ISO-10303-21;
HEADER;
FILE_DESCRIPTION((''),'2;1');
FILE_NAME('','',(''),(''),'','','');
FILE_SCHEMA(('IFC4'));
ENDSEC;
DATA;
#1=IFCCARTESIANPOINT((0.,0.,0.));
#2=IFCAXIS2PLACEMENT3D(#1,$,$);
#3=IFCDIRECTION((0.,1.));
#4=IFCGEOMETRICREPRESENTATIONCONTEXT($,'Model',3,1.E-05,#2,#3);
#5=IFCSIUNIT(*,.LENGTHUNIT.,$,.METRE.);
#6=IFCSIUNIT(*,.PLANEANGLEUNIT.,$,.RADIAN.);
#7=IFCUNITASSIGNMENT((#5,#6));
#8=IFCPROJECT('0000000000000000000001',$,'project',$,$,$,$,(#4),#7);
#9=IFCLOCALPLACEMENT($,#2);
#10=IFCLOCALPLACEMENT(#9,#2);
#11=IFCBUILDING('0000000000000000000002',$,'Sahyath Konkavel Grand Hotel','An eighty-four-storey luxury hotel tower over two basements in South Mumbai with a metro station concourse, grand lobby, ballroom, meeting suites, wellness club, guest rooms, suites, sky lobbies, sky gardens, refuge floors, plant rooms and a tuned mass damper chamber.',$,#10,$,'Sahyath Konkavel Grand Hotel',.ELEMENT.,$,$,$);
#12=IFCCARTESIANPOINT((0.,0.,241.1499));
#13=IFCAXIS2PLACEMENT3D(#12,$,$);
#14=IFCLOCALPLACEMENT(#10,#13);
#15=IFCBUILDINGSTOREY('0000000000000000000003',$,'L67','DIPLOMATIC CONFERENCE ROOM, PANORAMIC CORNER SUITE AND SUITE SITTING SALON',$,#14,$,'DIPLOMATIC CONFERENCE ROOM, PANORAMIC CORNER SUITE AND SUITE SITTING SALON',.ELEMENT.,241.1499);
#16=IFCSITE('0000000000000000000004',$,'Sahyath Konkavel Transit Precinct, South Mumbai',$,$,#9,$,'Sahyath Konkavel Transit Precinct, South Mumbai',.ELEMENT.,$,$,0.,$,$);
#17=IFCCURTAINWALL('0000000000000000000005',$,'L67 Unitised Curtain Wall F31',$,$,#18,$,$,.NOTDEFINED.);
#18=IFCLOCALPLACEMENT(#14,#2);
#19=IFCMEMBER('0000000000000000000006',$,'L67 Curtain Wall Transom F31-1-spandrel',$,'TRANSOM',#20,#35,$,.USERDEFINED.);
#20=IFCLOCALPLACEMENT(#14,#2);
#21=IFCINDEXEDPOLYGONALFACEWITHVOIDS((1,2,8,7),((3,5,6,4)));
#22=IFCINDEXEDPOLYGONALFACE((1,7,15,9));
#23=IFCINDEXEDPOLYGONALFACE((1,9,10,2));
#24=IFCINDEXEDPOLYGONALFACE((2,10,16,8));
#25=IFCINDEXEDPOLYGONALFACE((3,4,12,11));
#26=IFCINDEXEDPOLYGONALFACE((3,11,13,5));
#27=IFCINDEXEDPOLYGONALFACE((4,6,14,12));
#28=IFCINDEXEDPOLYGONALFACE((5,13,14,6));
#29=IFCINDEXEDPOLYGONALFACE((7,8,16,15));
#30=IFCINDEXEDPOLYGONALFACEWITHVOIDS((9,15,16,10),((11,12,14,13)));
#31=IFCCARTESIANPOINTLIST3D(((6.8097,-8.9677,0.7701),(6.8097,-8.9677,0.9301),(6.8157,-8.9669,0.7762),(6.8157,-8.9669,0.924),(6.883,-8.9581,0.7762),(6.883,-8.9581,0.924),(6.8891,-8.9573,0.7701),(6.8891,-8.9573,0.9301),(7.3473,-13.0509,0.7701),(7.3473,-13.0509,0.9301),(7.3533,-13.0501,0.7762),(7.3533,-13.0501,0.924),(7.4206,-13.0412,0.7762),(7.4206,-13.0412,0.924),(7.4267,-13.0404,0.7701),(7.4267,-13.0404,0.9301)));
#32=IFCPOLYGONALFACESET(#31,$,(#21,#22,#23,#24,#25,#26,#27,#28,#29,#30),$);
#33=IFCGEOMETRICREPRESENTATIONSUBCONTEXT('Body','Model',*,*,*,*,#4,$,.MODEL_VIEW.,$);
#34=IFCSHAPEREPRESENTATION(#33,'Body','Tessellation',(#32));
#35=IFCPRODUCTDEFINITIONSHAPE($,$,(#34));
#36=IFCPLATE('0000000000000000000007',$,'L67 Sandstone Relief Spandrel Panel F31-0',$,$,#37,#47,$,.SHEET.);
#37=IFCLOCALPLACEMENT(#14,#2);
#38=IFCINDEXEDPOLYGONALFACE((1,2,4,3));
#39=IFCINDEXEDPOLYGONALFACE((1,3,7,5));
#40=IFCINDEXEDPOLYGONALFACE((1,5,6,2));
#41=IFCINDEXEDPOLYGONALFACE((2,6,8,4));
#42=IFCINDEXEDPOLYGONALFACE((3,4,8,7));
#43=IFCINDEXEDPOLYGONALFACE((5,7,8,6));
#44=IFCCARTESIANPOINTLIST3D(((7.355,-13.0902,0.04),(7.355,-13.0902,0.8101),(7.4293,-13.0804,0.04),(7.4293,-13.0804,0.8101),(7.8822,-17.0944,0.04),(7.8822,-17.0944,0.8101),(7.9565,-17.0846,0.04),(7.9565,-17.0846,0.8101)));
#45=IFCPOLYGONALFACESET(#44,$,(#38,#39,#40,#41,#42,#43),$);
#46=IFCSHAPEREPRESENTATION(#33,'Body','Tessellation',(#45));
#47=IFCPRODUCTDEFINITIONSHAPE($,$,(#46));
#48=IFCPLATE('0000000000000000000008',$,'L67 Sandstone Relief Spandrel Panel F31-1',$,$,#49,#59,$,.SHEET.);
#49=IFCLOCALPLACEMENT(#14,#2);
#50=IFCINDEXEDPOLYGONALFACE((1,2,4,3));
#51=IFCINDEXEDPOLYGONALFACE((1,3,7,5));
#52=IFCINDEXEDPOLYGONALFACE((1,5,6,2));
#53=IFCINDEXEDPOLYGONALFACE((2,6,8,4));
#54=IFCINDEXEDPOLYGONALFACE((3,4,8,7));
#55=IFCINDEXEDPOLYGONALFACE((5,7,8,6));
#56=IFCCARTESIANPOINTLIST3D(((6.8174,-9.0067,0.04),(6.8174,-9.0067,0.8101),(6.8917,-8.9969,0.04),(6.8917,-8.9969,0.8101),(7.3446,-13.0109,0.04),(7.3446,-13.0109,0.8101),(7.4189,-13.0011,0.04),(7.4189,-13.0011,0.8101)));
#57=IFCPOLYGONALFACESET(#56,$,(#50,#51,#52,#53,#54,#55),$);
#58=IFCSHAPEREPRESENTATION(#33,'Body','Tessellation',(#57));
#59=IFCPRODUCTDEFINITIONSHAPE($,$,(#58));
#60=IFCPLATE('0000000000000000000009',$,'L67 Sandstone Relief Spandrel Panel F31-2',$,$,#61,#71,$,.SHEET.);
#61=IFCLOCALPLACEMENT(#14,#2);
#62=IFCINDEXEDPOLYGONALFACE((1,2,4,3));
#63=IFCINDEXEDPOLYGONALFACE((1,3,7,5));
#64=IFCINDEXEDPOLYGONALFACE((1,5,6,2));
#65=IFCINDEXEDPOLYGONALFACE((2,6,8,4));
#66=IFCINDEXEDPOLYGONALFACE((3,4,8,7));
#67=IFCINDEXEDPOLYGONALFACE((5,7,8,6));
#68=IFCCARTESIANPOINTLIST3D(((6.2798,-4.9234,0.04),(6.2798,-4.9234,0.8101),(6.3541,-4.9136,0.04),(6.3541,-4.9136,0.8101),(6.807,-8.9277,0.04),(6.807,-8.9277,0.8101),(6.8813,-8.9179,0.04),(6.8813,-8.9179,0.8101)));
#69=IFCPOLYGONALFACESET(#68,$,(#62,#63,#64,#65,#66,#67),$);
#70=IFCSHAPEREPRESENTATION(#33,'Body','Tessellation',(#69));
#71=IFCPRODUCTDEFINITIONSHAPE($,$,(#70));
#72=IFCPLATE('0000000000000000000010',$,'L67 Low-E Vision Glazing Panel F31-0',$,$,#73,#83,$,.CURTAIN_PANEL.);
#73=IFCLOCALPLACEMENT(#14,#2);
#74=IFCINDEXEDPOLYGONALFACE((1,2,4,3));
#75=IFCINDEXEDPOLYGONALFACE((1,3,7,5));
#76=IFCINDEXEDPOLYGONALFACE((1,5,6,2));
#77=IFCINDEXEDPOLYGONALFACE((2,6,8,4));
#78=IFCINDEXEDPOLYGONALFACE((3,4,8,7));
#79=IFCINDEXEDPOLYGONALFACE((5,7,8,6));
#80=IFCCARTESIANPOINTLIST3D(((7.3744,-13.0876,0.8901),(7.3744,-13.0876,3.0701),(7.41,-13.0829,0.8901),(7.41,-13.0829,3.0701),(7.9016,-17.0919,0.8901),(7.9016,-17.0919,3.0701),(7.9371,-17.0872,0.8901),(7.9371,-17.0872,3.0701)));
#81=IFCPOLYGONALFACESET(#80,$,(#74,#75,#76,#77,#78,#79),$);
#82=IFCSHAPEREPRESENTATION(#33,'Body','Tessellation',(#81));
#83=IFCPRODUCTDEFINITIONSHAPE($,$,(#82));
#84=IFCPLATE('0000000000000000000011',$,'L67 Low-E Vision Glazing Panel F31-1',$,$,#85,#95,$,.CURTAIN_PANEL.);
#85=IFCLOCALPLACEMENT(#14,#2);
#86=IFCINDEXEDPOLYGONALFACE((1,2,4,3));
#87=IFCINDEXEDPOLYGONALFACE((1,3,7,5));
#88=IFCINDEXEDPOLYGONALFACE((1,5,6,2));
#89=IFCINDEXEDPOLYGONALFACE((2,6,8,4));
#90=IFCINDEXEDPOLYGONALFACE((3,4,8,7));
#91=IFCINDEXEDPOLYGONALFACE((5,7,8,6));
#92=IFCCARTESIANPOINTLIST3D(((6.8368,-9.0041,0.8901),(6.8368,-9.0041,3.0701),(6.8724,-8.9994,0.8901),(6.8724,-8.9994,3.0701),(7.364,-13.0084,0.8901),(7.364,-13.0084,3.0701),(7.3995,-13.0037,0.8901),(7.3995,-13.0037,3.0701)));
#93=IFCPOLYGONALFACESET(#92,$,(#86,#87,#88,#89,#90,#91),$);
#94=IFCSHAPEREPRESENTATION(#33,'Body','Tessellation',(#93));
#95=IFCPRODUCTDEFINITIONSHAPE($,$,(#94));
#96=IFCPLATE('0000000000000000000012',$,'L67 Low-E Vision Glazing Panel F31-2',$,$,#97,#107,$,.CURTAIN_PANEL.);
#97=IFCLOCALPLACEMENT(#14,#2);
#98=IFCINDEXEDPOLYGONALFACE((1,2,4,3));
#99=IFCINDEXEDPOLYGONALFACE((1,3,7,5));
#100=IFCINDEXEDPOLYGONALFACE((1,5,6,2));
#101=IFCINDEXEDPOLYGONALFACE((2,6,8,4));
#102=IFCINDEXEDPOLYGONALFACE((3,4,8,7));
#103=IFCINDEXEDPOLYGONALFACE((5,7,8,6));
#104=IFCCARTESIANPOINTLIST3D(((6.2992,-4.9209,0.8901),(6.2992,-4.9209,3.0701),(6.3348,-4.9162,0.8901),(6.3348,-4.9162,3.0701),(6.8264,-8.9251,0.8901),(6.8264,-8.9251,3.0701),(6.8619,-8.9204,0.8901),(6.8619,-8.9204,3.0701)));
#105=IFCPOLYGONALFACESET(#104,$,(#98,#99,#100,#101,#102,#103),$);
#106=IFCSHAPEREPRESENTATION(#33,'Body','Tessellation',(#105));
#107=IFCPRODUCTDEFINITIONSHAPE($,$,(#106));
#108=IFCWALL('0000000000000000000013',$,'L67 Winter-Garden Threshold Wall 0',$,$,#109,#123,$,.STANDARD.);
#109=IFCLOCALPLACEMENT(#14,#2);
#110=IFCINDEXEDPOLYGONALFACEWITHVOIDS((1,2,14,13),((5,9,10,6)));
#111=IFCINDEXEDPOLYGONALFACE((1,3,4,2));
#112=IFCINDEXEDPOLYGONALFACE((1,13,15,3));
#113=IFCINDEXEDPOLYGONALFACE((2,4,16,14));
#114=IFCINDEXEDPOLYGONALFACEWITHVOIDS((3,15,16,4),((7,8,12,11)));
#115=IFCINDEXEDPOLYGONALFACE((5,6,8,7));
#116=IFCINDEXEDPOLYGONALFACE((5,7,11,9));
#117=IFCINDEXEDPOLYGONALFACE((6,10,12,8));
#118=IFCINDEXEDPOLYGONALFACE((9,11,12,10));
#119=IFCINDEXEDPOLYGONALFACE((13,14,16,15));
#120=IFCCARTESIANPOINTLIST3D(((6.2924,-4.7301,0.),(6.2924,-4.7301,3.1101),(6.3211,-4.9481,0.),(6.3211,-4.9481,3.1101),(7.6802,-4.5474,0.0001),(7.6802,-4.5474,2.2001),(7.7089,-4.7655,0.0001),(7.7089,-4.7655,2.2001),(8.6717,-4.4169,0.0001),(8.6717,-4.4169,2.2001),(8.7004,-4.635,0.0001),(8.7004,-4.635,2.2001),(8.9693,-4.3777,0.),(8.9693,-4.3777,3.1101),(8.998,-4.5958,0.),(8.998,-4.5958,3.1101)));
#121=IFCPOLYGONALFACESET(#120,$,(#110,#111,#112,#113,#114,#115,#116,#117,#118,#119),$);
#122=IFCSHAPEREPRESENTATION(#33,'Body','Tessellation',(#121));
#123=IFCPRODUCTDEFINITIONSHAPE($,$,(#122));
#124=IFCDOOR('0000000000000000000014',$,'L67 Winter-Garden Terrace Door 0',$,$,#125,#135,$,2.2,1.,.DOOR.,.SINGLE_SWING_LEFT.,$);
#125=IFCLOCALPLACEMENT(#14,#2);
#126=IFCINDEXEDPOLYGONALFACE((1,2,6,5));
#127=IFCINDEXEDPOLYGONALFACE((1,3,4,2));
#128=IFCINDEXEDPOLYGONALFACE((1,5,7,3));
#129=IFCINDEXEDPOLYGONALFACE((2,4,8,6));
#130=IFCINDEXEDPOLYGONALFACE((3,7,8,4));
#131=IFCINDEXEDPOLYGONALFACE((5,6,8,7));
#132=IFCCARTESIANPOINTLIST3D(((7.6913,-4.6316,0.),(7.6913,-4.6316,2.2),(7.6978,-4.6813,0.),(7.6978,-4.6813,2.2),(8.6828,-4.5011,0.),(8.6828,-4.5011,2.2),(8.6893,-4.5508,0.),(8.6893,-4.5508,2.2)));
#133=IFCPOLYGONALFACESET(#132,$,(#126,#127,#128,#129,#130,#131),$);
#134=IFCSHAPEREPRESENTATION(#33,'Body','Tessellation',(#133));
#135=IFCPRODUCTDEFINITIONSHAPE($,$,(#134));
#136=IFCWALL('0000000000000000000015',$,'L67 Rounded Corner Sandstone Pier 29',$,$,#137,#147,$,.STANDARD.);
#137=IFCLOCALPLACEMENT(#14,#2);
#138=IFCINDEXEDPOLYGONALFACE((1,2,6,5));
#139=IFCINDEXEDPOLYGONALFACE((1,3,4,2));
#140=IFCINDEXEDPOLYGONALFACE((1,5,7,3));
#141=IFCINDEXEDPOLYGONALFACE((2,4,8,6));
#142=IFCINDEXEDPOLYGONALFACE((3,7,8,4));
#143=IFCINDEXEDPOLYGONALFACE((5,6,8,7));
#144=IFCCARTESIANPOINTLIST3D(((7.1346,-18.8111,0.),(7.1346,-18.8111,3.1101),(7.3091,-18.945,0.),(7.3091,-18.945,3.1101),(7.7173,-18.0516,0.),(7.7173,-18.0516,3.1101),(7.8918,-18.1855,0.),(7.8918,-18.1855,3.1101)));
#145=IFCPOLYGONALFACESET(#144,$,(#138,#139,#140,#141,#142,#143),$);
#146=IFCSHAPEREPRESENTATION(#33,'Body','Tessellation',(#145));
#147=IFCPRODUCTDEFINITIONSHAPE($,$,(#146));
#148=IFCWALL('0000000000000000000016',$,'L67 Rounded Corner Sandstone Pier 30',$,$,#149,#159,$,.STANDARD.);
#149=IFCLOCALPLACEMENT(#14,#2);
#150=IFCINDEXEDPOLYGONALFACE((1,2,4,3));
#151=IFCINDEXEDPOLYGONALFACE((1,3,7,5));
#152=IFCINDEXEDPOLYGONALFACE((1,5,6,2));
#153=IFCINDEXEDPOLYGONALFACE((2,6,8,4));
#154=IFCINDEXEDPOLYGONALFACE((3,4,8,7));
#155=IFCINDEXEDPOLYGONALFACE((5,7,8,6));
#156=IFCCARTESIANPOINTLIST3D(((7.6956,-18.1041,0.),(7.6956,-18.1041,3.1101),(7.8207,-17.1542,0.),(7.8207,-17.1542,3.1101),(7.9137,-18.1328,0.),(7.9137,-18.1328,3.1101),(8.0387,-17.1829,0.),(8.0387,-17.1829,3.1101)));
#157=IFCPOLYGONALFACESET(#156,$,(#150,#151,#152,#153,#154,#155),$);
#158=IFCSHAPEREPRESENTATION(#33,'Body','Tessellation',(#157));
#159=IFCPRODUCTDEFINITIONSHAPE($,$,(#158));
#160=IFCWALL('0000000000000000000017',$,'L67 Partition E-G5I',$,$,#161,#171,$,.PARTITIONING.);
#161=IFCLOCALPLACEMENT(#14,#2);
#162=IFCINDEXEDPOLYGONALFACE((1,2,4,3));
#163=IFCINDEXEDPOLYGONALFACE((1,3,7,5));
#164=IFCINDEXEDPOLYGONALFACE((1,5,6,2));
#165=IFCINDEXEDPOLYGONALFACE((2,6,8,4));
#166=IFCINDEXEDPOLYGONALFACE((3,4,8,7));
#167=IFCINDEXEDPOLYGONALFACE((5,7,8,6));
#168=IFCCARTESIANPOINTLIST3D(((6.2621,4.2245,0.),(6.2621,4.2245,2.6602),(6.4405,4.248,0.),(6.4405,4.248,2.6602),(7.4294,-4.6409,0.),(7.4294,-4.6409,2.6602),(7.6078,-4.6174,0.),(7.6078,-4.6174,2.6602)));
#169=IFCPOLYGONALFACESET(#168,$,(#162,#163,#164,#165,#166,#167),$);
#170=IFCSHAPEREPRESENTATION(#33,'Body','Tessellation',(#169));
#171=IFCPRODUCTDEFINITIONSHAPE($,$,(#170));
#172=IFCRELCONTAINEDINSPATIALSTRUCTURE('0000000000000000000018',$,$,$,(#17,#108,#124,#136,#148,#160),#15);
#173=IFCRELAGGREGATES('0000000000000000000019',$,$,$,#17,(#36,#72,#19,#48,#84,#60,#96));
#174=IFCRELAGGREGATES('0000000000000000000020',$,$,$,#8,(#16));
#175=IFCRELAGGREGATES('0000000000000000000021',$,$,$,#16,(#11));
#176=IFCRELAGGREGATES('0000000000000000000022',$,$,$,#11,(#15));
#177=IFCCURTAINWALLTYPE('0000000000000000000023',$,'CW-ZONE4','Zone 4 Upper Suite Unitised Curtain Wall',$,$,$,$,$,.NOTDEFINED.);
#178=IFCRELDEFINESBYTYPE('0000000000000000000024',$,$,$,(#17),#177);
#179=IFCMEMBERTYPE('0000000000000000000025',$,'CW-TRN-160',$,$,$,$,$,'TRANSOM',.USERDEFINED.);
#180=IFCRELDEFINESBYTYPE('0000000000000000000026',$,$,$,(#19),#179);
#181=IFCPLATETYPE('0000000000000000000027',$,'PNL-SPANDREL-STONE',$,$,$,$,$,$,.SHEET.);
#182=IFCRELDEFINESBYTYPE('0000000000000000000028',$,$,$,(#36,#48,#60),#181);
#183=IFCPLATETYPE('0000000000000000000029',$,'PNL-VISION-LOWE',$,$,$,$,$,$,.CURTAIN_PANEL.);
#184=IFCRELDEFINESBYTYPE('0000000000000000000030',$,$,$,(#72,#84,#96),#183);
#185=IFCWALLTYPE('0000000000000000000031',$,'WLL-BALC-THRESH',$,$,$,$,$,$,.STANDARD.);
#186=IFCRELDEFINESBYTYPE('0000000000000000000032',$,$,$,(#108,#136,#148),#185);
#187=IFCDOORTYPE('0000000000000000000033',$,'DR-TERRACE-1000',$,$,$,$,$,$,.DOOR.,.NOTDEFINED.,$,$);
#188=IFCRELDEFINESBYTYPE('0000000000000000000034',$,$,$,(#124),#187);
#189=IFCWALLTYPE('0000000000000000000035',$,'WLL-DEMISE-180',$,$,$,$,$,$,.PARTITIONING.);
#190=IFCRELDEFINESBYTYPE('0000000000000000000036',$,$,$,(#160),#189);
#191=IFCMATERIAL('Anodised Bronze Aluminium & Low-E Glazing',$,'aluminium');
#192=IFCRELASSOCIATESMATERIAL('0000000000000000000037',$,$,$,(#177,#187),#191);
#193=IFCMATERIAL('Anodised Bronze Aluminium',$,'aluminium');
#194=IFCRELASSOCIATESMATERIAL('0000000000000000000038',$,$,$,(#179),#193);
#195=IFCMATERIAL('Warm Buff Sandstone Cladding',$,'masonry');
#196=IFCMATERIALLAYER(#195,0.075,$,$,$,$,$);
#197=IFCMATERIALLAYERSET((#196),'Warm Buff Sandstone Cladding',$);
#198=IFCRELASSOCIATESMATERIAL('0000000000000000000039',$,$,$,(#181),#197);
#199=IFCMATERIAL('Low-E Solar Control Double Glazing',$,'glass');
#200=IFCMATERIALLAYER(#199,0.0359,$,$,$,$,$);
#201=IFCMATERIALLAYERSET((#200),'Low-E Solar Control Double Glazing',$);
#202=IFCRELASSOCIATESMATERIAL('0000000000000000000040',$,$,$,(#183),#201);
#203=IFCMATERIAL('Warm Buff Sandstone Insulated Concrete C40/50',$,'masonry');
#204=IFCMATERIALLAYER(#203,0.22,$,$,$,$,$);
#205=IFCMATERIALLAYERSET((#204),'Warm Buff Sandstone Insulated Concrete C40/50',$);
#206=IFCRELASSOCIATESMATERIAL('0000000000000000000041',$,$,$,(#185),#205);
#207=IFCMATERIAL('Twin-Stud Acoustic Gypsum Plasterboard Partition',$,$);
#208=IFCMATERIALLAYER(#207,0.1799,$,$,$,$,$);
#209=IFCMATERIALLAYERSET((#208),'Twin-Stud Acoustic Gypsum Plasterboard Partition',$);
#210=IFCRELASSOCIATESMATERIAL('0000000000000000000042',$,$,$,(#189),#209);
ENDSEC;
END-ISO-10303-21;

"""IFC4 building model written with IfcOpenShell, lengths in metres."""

from ifc_helpers import new_model, si_unit, direction, frame, frame_2d, origin, origin_2d, place, context, subcontext, project, spatial, rectangle, hollow_rectangle, extrude, source, transform, mapped, material, layer, layer_set, material_profile, profile_set, type_object, element, fill, aggregate, save


model = new_model("IFC4")

# Units and contexts
model_context = context("Model", 3, precision=1e-05, world=origin(), true_north=direction((0.0, 1.0)))
body_context = subcontext(model_context, "Body", "Model", "MODEL_VIEW")
ifc_project = project(units=[si_unit("LENGTHUNIT", "METRE"), si_unit("PLANEANGLEUNIT", "RADIAN")], contexts=[model_context])

# Site, building, storey
site_placement = place(None, origin())
site = spatial("IfcSite", under=ifc_project, at=site_placement, Name="Sahyath Konkavel Transit Precinct, South Mumbai", LongName="Sahyath Konkavel Transit Precinct, South Mumbai", CompositionType="ELEMENT", RefElevation=0.0)
building_placement = place(site_placement, origin())
building = spatial("IfcBuilding", under=site, at=building_placement, Name="Sahyath Konkavel Grand Hotel", Description="An eighty-four-storey luxury hotel tower over two basements in South Mumbai with a metro station concourse, grand lobby, ballroom, meeting suites, wellness club, guest rooms, suites, sky lobbies, sky gardens, refuge floors, plant rooms and a tuned mass damper chamber.", LongName="Sahyath Konkavel Grand Hotel", CompositionType="ELEMENT")
storey_placement = place(building_placement, frame((0.0, 0.0, 241.1499)))
storey = spatial("IfcBuildingStorey", under=building, at=storey_placement, Name="L67", Description="DIPLOMATIC CONFERENCE ROOM, PANORAMIC CORNER SUITE AND SUITE SITTING SALON", LongName="DIPLOMATIC CONFERENCE ROOM, PANORAMIC CORNER SUITE AND SUITE SITTING SALON", CompositionType="ELEMENT", Elevation=241.1499)

# Curtain wall
ifc_material_1 = material(Name="Anodised Bronze Aluminium & Low-E Glazing", Category="aluminium")
curtain_wall_type = type_object("IfcCurtainWallType", Name="CW-ZONE4", Description="Zone 4 Upper Suite Unitised Curtain Wall", PredefinedType="NOTDEFINED", material=ifc_material_1)
curtain_wall_1_placement = place(storey_placement, origin())
curtain_wall_1 = element("IfcCurtainWall", 1, at=curtain_wall_1_placement, inside=storey, type_object=curtain_wall_type, Name="L67 Unitised Curtain Wall F31", PredefinedType="NOTDEFINED")
ifc_material_2 = material(Name="Anodised Bronze Aluminium", Category="aluminium")

# Member
ifc_material_profile_1 = material_profile(ifc_material_2, hollow_rectangle(XDim=0.0801, YDim=0.1599, WallThickness=0.0061, at=origin_2d()), Name="RHS 160x80x6")
ifc_profile_set_1 = profile_set([ifc_material_profile_1], Name="Anodised Bronze Aluminium")
member_type_1 = type_object("IfcMemberType", Name="CW-TRN-160", ElementType="TRANSOM", PredefinedType="USERDEFINED", material=ifc_profile_set_1)
shared_shape_1 = source(origin(), body_context, "Body", "SweptSolid", [
    extrude(hollow_rectangle(XDim=0.0801, YDim=0.1599, WallThickness=0.0061, at=origin_2d()), origin(), (0.0, 0.0, 1.0), 4.1184),
])
member_1_placement = place(storey_placement, frame((7.387, -13.0457, 0.8501), z_axis=(-0.130533, 0.991444, 0.0), x_axis=(-0.991444, -0.130533, 0.0)))
member_1 = element("IfcMember", 2, at=member_1_placement, type_object=member_type_1, Name="L67 Curtain Wall Transom F31-1-spandrel", ObjectType="TRANSOM", PredefinedType="USERDEFINED", context=body_context, shape_type="MappedRepresentation", body=[
    mapped(shared_shape_1, transform((0.0, 0.0, 0.0), scale=1.0)),
])

# Plates
ifc_material_3 = material(Name="Warm Buff Sandstone Cladding", Category="masonry")
ifc_layer_1 = layer(ifc_material_3, 0.075)
ifc_layer_set_1 = layer_set([ifc_layer_1], Name="Warm Buff Sandstone Cladding")
plate_type_1 = type_object("IfcPlateType", Name="PNL-SPANDREL-STONE", PredefinedType="SHEET", material=ifc_layer_set_1)
shared_shape_2 = source(origin(), body_context, "Body", "SweptSolid", [
    extrude(rectangle(XDim=4.0388, YDim=0.075, at=origin_2d()), origin(), (0.0, 0.0, 1.0), 0.77),
])
plate_1_placement = place(storey_placement, frame((7.6558, -15.0874, 0.04), z_axis=(0.0, 0.0, 1.0), x_axis=(-0.130526, 0.991445, 0.0)))
plate_1 = element("IfcPlate", 3, at=plate_1_placement, type_object=plate_type_1, Name="L67 Sandstone Relief Spandrel Panel F31-0", PredefinedType="SHEET", context=body_context, shape_type="MappedRepresentation", body=[
    mapped(shared_shape_2, transform((0.0, 0.0, 0.0), scale=1.0)),
])
plate_2_placement = place(storey_placement, frame((7.1182, -11.0039, 0.04), z_axis=(0.0, 0.0, 1.0), x_axis=(-0.130526, 0.991445, 0.0)))
plate_2 = element("IfcPlate", 4, at=plate_2_placement, type_object=plate_type_1, Name="L67 Sandstone Relief Spandrel Panel F31-1", PredefinedType="SHEET", context=body_context, shape_type="MappedRepresentation", body=[
    mapped(shared_shape_2, transform((0.0, 0.0, 0.0), scale=1.0)),
])
plate_3_placement = place(storey_placement, frame((6.5806, -6.9207, 0.04), z_axis=(0.0, 0.0, 1.0), x_axis=(-0.130526, 0.991445, 0.0)))
plate_3 = element("IfcPlate", 5, at=plate_3_placement, type_object=plate_type_1, Name="L67 Sandstone Relief Spandrel Panel F31-2", PredefinedType="SHEET", context=body_context, shape_type="MappedRepresentation", body=[
    mapped(shared_shape_2, transform((0.0, 0.0, 0.0), scale=1.0)),
])
ifc_material_4 = material(Name="Low-E Solar Control Double Glazing", Category="glass")
ifc_layer_2 = layer(ifc_material_4, 0.0359)
ifc_layer_set_2 = layer_set([ifc_layer_2], Name="Low-E Solar Control Double Glazing")
plate_type_2 = type_object("IfcPlateType", Name="PNL-VISION-LOWE", PredefinedType="CURTAIN_PANEL", material=ifc_layer_set_2)
shared_shape_3 = source(origin(), body_context, "Body", "SweptSolid", [
    extrude(rectangle(XDim=4.0388, YDim=0.0359, at=origin_2d()), origin(), (0.0, 0.0, 1.0), 2.1799),
])
plate_4_placement = place(storey_placement, frame((7.6558, -15.0874, 0.8901), z_axis=(0.0, 0.0, 1.0), x_axis=(-0.130526, 0.991445, 0.0)))
plate_4 = element("IfcPlate", 6, at=plate_4_placement, type_object=plate_type_2, Name="L67 Low-E Vision Glazing Panel F31-0", PredefinedType="CURTAIN_PANEL", context=body_context, shape_type="MappedRepresentation", body=[
    mapped(shared_shape_3, transform((0.0, 0.0, 0.0), scale=1.0)),
])
plate_5_placement = place(storey_placement, frame((7.1182, -11.0039, 0.8901), z_axis=(0.0, 0.0, 1.0), x_axis=(-0.130526, 0.991445, 0.0)))
plate_5 = element("IfcPlate", 7, at=plate_5_placement, type_object=plate_type_2, Name="L67 Low-E Vision Glazing Panel F31-1", PredefinedType="CURTAIN_PANEL", context=body_context, shape_type="MappedRepresentation", body=[
    mapped(shared_shape_3, transform((0.0, 0.0, 0.0), scale=1.0)),
])
plate_6_placement = place(storey_placement, frame((6.5806, -6.9207, 0.8901), z_axis=(0.0, 0.0, 1.0), x_axis=(-0.130526, 0.991445, 0.0)))
plate_6 = element("IfcPlate", 8, at=plate_6_placement, type_object=plate_type_2, Name="L67 Low-E Vision Glazing Panel F31-2", PredefinedType="CURTAIN_PANEL", context=body_context, shape_type="MappedRepresentation", body=[
    mapped(shared_shape_3, transform((0.0, 0.0, 0.0), scale=1.0)),
])
aggregate(curtain_wall_1, [plate_1, plate_4, member_1, plate_2, plate_5, plate_3, plate_6])

# Wall, opening, door
ifc_material_5 = material(Name="Warm Buff Sandstone Insulated Concrete C40/50", Category="masonry")
ifc_layer_3 = layer(ifc_material_5, 0.22)
ifc_layer_set_3 = layer_set([ifc_layer_3], Name="Warm Buff Sandstone Insulated Concrete C40/50")
wall_type_1 = type_object("IfcWallType", Name="WLL-BALC-THRESH", PredefinedType="STANDARD", material=ifc_layer_set_3)
wall_1_placement = place(storey_placement, frame((6.3066, -4.8391, 0.0), z_axis=(0.0, 0.0, 1.0), x_axis=(0.99145, 0.130487, 0.0)))
wall_1 = element("IfcWall", 9, at=wall_1_placement, inside=storey, type_object=wall_type_1, Name="L67 Winter-Garden Threshold Wall 0", PredefinedType="STANDARD", context=body_context, shape_type="SweptSolid", body=[
    extrude(rectangle(XDim=2.7, YDim=0.22, at=frame_2d((1.3501, 0.0))), origin(), (0.0, 0.0, 1.0), 3.1101),
])
opening_placement = place(wall_1_placement, frame((1.3999, 0.0, 0.0)))
opening = element("IfcOpeningElement", 10, at=opening_placement, cuts=wall_1, PredefinedType="OPENING", context=body_context, shape_type="SweptSolid", body=[
    extrude(rectangle(XDim=1.0, YDim=2.2, at=frame_2d((0.5, 1.1001))), frame((0.0, 0.1201, 0.0), z_axis=(0.0, -1.0, 0.0), x_axis=(1.0, 0.0, 0.0)), (0.0, 0.0, 1.0), 0.24),
])
door_type = type_object("IfcDoorType", Name="DR-TERRACE-1000", OperationType="NOTDEFINED", PredefinedType="DOOR", material=ifc_material_1)
shared_shape_4 = source(origin(), body_context, "Body", "SweptSolid", [
    extrude(rectangle(XDim=1.0, YDim=0.05, at=origin_2d()), origin(), (0.0, 0.0, 1.0), 2.2),
])
door_placement = place(opening_placement, frame((0.5, 0.0, 0.0)))
door = element("IfcDoor", 11, at=door_placement, inside=storey, type_object=door_type, Name="L67 Winter-Garden Terrace Door 0", OperationType="SINGLE_SWING_LEFT", OverallHeight=2.2, OverallWidth=1.0, PredefinedType="DOOR", context=body_context, shape_type="MappedRepresentation", body=[
    mapped(shared_shape_4, transform((0.0, 0.0, 0.0), scale=1.0)),
])
fill(opening, door)

# Walls
wall_2_placement = place(storey_placement, frame((7.2219, -18.8779, 0.0), z_axis=(0.0, 0.0, 1.0), x_axis=(0.608737, 0.793372, 0.0)))
element("IfcWall", 12, at=wall_2_placement, inside=storey, type_object=wall_type_1, Name="L67 Rounded Corner Sandstone Pier 29", PredefinedType="STANDARD", context=body_context, shape_type="SweptSolid", body=[
    extrude(rectangle(XDim=0.9573, YDim=0.22, at=frame_2d((0.4785, 0.0))), origin(), (0.0, 0.0, 1.0), 3.1101),
])
wall_3_placement = place(storey_placement, frame((7.8047, -18.1184, 0.0), z_axis=(0.0, 0.0, 1.0), x_axis=(0.130494, 0.991449, 0.0)))
element("IfcWall", 13, at=wall_3_placement, inside=storey, type_object=wall_type_1, Name="L67 Rounded Corner Sandstone Pier 30", PredefinedType="STANDARD", context=body_context, shape_type="SweptSolid", body=[
    extrude(rectangle(XDim=0.958, YDim=0.22, at=frame_2d((0.479, 0.0))), origin(), (0.0, 0.0, 1.0), 3.1101),
])
ifc_material_6 = material(Name="Twin-Stud Acoustic Gypsum Plasterboard Partition")
ifc_layer_4 = layer(ifc_material_6, 0.1799)
ifc_layer_set_4 = layer_set([ifc_layer_4], Name="Twin-Stud Acoustic Gypsum Plasterboard Partition")
wall_type_2 = type_object("IfcWallType", Name="WLL-DEMISE-180", PredefinedType="PARTITIONING", material=ifc_layer_set_4)
wall_4_placement = place(storey_placement, frame((7.5186, -4.6292, 0.0), z_axis=(0.0, 0.0, 1.0), x_axis=(-0.130534, 0.991444, 0.0)))
element("IfcWall", 14, at=wall_4_placement, inside=storey, type_object=wall_type_2, Name="L67 Partition E-G5I", PredefinedType="PARTITIONING", context=body_context, shape_type="SweptSolid", body=[
    extrude(rectangle(XDim=8.9419, YDim=0.1799, at=frame_2d((4.4709, 0.0))), origin(), (0.0, 0.0, 1.0), 2.6602),
])

save(model, "model.ifc")
